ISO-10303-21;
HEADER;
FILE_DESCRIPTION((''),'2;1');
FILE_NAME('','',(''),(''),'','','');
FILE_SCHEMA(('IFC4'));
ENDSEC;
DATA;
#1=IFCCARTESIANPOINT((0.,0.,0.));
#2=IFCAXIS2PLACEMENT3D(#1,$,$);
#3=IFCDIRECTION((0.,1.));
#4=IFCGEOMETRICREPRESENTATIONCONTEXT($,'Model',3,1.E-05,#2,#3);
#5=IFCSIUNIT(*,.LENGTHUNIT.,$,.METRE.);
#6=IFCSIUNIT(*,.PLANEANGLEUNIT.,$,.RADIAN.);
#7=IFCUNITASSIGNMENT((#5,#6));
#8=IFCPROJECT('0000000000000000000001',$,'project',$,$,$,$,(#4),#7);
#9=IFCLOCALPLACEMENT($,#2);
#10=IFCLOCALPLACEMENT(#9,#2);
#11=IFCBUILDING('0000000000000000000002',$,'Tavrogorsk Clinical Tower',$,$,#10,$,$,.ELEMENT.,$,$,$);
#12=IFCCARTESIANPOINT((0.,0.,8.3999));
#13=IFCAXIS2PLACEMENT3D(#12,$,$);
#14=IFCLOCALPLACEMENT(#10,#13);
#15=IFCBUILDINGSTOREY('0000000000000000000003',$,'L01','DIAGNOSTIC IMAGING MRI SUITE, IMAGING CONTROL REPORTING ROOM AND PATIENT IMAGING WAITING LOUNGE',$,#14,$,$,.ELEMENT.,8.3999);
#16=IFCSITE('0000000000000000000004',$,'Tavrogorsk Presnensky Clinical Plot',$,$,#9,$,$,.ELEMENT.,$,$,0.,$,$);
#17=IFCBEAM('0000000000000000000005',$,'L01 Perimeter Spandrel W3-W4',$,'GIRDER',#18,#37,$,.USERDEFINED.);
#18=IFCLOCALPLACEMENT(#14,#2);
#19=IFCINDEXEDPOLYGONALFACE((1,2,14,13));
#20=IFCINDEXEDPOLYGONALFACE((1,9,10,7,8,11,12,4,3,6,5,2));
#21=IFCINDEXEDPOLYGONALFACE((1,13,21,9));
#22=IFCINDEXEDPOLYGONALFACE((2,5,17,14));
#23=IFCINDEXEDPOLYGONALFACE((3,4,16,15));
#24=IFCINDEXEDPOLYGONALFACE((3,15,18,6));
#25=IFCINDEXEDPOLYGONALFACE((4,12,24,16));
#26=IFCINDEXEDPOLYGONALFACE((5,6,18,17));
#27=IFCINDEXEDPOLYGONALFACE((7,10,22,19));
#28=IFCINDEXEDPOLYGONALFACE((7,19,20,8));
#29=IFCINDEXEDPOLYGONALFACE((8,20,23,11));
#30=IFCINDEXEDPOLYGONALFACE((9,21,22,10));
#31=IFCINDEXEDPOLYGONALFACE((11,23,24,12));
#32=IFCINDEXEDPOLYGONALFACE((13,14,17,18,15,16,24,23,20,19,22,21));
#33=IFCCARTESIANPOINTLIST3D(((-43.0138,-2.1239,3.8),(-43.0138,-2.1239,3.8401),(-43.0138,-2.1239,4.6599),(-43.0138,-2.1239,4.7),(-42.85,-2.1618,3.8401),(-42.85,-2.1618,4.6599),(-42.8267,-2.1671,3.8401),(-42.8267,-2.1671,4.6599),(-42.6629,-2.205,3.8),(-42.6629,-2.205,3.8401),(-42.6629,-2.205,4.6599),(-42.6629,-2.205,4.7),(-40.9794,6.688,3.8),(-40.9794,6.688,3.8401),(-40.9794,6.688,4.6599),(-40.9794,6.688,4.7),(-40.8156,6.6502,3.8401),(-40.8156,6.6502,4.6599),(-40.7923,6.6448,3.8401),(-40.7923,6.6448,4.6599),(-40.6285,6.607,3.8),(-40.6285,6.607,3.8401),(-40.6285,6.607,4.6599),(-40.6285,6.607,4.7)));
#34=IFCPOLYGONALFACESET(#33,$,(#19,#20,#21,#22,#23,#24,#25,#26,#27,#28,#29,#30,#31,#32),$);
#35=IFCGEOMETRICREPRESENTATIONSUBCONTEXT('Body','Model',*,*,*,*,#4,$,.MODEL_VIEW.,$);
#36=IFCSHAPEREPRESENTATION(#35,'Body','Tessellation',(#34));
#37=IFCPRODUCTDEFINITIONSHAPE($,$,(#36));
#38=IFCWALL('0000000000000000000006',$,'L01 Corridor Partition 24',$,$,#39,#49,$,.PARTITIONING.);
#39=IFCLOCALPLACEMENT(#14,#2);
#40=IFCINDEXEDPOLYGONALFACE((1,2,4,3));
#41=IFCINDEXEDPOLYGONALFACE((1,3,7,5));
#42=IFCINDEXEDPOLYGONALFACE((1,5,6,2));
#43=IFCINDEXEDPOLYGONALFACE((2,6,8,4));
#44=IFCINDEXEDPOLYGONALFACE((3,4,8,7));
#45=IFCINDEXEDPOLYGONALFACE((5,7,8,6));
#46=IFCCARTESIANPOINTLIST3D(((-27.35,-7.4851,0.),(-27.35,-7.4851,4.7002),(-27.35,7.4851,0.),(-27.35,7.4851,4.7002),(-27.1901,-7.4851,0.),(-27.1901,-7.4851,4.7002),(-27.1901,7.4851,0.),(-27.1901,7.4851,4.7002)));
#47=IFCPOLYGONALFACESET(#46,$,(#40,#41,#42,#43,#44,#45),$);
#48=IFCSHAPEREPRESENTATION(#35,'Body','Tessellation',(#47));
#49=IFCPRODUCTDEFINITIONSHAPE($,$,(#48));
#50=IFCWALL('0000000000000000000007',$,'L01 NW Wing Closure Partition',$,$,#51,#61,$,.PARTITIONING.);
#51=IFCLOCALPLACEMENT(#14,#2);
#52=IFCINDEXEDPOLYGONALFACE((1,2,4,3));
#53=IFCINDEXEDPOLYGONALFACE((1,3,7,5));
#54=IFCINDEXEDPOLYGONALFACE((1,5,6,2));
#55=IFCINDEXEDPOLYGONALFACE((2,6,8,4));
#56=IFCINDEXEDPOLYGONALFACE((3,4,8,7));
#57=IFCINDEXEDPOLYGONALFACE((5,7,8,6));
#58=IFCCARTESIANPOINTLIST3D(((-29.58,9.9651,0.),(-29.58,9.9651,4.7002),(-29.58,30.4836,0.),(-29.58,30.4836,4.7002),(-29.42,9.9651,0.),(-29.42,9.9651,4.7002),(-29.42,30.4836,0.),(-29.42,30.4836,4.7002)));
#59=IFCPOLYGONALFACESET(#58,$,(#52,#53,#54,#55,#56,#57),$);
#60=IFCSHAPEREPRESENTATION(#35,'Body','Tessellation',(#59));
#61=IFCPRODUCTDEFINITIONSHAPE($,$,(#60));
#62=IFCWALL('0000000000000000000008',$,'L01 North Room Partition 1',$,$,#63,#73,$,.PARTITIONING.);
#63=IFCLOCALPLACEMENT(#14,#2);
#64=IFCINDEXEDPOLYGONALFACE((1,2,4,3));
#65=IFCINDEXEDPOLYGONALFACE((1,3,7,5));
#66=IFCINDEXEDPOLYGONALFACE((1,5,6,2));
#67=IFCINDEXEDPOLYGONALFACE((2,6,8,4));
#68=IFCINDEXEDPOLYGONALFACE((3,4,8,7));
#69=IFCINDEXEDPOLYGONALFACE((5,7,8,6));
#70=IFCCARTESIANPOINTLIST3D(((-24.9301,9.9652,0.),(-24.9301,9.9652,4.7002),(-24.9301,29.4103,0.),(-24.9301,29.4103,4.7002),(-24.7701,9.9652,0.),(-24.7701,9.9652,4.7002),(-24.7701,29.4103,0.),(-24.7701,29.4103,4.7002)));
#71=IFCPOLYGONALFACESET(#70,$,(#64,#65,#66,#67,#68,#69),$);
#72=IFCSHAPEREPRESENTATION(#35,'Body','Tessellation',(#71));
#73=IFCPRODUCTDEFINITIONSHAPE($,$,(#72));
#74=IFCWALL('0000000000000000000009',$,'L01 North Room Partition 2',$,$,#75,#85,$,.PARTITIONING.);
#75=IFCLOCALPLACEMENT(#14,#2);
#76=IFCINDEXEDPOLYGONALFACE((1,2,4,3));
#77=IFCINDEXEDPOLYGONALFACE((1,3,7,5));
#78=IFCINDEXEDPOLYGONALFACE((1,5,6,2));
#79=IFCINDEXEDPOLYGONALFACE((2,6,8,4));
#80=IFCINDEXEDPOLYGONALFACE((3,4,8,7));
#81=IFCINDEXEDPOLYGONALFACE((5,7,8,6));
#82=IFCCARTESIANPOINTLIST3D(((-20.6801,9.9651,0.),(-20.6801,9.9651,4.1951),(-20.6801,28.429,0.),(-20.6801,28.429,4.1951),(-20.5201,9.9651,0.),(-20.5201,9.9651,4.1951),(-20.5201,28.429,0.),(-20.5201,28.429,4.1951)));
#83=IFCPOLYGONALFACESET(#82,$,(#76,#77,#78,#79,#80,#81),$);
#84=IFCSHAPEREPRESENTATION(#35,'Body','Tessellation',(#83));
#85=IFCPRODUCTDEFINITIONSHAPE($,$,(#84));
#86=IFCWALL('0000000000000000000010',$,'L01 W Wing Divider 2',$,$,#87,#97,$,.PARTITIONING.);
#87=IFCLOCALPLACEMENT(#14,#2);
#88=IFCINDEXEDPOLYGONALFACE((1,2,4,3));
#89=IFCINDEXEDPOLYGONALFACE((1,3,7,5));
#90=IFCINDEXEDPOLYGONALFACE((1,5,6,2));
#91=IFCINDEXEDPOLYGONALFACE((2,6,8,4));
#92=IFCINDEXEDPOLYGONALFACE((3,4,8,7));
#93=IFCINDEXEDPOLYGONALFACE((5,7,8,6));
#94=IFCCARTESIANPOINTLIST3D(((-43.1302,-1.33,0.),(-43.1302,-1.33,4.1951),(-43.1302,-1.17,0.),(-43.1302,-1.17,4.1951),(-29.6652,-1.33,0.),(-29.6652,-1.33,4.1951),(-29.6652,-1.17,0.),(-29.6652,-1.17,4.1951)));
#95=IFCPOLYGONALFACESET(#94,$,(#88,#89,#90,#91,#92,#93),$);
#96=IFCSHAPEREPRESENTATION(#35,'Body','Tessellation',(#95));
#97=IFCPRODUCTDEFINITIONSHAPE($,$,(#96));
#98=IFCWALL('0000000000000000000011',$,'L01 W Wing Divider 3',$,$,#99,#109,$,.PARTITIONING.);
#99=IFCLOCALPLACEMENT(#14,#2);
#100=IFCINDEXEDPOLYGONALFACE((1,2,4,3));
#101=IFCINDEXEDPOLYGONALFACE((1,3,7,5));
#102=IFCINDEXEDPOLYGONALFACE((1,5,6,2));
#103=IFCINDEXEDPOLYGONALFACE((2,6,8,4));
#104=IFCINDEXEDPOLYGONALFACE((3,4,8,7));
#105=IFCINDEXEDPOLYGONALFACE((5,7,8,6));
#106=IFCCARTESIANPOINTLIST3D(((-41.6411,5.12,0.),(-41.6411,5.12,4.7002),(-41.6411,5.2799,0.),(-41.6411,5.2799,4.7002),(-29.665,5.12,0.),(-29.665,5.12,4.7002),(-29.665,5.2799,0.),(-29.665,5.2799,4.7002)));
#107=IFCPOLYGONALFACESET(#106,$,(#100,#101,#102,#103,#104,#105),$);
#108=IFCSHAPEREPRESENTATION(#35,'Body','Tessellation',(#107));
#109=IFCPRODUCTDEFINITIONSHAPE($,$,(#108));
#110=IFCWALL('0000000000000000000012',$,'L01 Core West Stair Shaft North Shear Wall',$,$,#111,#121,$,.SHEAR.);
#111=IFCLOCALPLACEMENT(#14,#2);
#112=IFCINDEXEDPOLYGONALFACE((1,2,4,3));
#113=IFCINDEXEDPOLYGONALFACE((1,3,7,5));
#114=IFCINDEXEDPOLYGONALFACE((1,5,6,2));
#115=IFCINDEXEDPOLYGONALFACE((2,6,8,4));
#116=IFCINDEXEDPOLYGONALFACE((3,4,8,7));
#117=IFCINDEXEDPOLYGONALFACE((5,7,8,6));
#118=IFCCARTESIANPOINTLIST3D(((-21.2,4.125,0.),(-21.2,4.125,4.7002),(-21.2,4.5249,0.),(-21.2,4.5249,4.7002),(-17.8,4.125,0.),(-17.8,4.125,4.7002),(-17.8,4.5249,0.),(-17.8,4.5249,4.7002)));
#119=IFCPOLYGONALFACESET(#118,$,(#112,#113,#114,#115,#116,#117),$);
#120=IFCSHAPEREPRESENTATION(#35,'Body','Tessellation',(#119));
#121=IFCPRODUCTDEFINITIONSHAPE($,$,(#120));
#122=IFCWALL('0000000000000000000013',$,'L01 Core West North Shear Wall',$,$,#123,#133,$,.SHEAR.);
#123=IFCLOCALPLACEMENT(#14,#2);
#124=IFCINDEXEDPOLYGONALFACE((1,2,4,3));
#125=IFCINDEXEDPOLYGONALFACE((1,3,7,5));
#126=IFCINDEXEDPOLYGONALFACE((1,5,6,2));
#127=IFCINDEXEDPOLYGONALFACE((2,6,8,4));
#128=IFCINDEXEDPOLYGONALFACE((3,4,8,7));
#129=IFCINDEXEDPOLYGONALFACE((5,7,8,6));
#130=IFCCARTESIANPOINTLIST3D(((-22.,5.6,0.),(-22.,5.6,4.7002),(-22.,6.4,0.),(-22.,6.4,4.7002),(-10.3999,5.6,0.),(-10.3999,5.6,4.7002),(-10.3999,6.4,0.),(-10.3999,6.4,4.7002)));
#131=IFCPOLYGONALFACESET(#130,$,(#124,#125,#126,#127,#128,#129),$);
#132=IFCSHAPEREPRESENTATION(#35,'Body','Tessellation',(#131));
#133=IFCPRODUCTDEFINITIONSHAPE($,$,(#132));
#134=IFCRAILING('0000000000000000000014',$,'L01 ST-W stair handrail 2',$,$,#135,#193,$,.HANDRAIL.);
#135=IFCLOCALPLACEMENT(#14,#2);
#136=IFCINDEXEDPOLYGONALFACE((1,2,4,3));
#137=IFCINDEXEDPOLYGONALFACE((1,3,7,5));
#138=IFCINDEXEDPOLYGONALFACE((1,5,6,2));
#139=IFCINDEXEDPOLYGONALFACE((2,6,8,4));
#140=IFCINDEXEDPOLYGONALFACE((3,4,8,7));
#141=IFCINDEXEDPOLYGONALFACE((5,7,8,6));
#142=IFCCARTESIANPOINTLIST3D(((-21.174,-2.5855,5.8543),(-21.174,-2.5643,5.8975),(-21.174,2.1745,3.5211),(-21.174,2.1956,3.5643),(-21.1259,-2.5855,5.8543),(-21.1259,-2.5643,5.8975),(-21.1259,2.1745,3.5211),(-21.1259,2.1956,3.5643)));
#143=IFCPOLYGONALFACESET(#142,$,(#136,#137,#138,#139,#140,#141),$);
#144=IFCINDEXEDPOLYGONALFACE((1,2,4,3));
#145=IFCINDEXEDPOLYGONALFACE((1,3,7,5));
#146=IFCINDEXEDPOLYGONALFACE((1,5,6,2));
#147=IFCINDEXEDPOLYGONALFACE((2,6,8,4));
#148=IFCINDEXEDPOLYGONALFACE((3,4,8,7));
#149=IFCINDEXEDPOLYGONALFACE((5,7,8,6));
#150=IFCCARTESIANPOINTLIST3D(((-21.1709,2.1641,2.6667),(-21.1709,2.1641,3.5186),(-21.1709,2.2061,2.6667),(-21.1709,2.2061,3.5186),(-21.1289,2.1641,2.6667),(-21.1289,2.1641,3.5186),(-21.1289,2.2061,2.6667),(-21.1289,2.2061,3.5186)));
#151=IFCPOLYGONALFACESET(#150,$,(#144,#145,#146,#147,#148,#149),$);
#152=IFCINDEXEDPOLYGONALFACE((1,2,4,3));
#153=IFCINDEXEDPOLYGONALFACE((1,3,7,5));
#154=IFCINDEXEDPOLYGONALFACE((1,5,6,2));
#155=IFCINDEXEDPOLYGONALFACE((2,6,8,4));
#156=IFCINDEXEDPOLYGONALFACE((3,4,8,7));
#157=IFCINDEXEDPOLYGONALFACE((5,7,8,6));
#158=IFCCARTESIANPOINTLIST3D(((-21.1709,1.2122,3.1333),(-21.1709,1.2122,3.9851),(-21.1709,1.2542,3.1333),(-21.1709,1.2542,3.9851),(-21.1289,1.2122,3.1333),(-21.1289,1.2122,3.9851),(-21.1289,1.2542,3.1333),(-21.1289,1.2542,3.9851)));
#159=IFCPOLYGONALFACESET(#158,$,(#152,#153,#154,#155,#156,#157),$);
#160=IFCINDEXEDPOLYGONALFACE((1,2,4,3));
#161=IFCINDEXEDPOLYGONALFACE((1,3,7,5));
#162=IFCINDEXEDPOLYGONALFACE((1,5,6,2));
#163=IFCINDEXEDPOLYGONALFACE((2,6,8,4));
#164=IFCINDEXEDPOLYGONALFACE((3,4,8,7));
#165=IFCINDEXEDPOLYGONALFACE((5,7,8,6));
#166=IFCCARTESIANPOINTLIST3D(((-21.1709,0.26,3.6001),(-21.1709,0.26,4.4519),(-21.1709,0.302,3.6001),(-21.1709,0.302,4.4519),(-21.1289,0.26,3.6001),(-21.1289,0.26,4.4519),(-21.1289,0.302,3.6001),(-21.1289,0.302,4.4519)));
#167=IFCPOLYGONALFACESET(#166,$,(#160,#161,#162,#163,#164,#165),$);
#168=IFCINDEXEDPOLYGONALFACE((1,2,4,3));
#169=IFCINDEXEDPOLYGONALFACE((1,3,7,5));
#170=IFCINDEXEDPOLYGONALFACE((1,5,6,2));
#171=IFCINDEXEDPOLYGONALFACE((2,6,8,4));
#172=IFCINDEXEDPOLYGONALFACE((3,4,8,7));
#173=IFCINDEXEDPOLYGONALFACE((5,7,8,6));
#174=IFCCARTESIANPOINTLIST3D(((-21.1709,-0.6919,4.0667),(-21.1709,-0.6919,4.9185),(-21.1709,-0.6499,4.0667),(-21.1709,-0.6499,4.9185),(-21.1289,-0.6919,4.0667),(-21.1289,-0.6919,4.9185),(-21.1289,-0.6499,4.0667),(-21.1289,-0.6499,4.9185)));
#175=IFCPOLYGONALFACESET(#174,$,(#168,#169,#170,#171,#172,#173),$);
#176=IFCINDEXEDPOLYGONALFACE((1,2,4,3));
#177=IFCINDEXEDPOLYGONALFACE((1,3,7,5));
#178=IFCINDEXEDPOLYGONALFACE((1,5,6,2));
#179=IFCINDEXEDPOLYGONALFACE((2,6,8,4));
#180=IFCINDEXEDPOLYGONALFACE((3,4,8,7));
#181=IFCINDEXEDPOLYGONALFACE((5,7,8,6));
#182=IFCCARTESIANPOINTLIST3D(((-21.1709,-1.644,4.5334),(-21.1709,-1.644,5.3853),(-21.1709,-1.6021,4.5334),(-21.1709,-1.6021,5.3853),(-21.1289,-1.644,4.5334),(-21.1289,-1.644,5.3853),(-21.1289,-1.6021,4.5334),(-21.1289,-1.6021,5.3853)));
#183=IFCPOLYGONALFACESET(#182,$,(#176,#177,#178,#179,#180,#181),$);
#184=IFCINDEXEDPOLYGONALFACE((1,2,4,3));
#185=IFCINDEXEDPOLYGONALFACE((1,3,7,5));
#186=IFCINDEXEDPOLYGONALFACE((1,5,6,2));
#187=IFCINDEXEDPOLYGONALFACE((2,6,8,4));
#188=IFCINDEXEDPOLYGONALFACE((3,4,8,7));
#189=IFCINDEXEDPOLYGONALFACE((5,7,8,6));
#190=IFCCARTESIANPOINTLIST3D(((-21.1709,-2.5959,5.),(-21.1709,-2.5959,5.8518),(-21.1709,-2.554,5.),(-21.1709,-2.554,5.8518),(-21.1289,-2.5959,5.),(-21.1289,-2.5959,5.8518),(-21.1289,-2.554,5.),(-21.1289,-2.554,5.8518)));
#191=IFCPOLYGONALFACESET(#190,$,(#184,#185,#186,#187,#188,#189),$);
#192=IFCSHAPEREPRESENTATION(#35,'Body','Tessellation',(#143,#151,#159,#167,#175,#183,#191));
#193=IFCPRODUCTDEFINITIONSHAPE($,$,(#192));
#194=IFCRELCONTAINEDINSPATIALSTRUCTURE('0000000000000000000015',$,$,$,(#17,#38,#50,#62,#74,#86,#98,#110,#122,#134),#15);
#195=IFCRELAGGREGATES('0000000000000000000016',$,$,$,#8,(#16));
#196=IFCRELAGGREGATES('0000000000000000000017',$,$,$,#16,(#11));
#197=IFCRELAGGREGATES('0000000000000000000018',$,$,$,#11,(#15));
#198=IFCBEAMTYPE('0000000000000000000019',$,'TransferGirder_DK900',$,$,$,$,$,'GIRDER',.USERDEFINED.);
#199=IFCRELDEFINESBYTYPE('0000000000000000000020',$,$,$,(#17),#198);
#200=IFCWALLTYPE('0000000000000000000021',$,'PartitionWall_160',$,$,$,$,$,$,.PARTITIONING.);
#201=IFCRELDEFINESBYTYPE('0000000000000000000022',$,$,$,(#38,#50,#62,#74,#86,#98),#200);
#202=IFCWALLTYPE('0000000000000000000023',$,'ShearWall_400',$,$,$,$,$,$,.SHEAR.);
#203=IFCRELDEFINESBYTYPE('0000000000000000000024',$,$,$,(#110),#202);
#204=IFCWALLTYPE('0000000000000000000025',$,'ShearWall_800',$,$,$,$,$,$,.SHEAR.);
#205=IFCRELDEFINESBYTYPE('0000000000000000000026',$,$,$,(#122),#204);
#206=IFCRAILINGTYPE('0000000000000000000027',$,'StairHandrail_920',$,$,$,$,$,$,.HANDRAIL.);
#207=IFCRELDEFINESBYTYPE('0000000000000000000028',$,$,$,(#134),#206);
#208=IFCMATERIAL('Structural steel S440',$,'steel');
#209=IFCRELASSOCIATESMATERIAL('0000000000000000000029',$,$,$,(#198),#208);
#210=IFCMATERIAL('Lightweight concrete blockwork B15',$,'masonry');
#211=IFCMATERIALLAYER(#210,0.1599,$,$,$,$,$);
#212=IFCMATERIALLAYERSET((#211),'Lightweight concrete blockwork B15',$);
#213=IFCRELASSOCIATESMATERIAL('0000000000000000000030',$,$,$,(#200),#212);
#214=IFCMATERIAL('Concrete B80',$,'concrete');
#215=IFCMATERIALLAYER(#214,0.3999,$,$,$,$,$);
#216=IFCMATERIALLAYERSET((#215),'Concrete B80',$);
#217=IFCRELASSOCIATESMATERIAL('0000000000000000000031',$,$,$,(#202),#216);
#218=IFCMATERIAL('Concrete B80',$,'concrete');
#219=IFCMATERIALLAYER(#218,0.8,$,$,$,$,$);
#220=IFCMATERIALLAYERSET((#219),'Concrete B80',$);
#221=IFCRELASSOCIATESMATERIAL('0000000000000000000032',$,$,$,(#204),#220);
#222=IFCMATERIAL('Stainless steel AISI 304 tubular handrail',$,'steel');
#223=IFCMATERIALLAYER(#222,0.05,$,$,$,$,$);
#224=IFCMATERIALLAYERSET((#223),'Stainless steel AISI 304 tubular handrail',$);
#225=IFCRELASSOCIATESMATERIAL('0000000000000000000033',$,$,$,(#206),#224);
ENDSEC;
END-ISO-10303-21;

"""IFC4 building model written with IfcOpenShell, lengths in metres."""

from ifc_helpers import new_model, si_unit, direction, frame, frame_2d, origin, origin_2d, place, context, subcontext, project, spatial, rectangle, i_section, extrude, material, layer, layer_set, material_profile, profile_set, type_object, element, save


model = new_model("IFC4")

# Units and contexts
model_context = context("Model", 3, precision=1e-05, world=origin(), true_north=direction((0.0, 1.0)))
body_context = subcontext(model_context, "Body", "Model", "MODEL_VIEW")
ifc_project = project(units=[si_unit("LENGTHUNIT", "METRE"), si_unit("PLANEANGLEUNIT", "RADIAN")], contexts=[model_context])

# Site, building, storey
site_placement = place(None, origin())
site = spatial("IfcSite", under=ifc_project, at=site_placement, Name="Tavrogorsk Presnensky Clinical Plot", CompositionType="ELEMENT", RefElevation=0.0)
building_placement = place(site_placement, origin())
building = spatial("IfcBuilding", under=site, at=building_placement, Name="Tavrogorsk Clinical Tower", CompositionType="ELEMENT")
storey_placement = place(building_placement, frame((0.0, 0.0, 8.3999)))
storey = spatial("IfcBuildingStorey", under=building, at=storey_placement, Name="L01", Description="DIAGNOSTIC IMAGING MRI SUITE, IMAGING CONTROL REPORTING ROOM AND PATIENT IMAGING WAITING LOUNGE", CompositionType="ELEMENT", Elevation=8.3999)

# Beam
ifc_material_1 = material(Name="Structural steel S440", Category="steel")
ifc_material_profile_1 = material_profile(ifc_material_1, i_section(OverallWidth=0.3601, OverallDepth=0.8999, WebThickness=0.0239, FlangeThickness=0.04, at=origin_2d()), Name="DK-900x360x24x40")
ifc_profile_set_1 = profile_set([ifc_material_profile_1], Name="Structural steel S440")
beam_type_1 = type_object("IfcBeamType", Name="TransferGirder_DK900", ElementType="GIRDER", PredefinedType="USERDEFINED", material=ifc_profile_set_1)
beam_1_placement = place(storey_placement, frame((-40.804, 6.6475, 4.25), z_axis=(-0.224952, -0.97437, 0.0), x_axis=(0.97437, -0.224952, 0.0)))
element("IfcBeam", 1, at=beam_1_placement, inside=storey, type_object=beam_type_1, Name="L01 Perimeter Spandrel W3-W4", ObjectType="GIRDER", PredefinedType="USERDEFINED", context=body_context, shape_type="SweptSolid", body=[
    extrude(i_section(OverallWidth=0.3601, OverallDepth=0.8999, WebThickness=0.0239, FlangeThickness=0.04, at=origin_2d()), origin(), (0.0, 0.0, 1.0), 9.0437),
])

# Shared definitions
ifc_material_2 = material(Name="Lightweight concrete blockwork B15", Category="masonry")
ifc_layer_1 = layer(ifc_material_2, 0.1599)
ifc_layer_set_1 = layer_set([ifc_layer_1], Name="Lightweight concrete blockwork B15")
wall_type_1 = type_object("IfcWallType", Name="PartitionWall_160", PredefinedType="PARTITIONING", material=ifc_layer_set_1)

# Walls
wall_1_placement = place(storey_placement, frame((-27.27, 7.4851, 0.0), z_axis=(0.0, 0.0, 1.0), x_axis=(0.0, -1.0, 0.0)))
element("IfcWall", 2, at=wall_1_placement, inside=storey, type_object=wall_type_1, Name="L01 Corridor Partition 24", PredefinedType="PARTITIONING", context=body_context, shape_type="SweptSolid", body=[
    extrude(rectangle(XDim=14.9702, YDim=0.1599, at=frame_2d((7.4851, 0.0))), origin(), (0.0, 0.0, 1.0), 4.7002),
])
wall_2_placement = place(storey_placement, frame((-29.5, 9.9651, 0.0), z_axis=(0.0, 0.0, 1.0), x_axis=(0.0, 1.0, 0.0)))
element("IfcWall", 3, at=wall_2_placement, inside=storey, type_object=wall_type_1, Name="L01 NW Wing Closure Partition", PredefinedType="PARTITIONING", context=body_context, shape_type="SweptSolid", body=[
    extrude(rectangle(XDim=20.5186, YDim=0.1599, at=frame_2d((10.2593, 0.0))), origin(), (0.0, 0.0, 1.0), 4.7002),
])
wall_3_placement = place(storey_placement, frame((-24.8501, 9.9651, 0.0), z_axis=(0.0, 0.0, 1.0), x_axis=(0.0, 1.0, 0.0)))
element("IfcWall", 4, at=wall_3_placement, inside=storey, type_object=wall_type_1, Name="L01 North Room Partition 1", PredefinedType="PARTITIONING", context=body_context, shape_type="SweptSolid", body=[
    extrude(rectangle(XDim=19.4451, YDim=0.1599, at=frame_2d((9.7227, 0.0))), origin(), (0.0, 0.0, 1.0), 4.7002),
])
wall_4_placement = place(storey_placement, frame((-20.6001, 9.9651, 0.0), z_axis=(0.0, 0.0, 1.0), x_axis=(0.0, 1.0, 0.0)))
element("IfcWall", 5, at=wall_4_placement, inside=storey, type_object=wall_type_1, Name="L01 North Room Partition 2", PredefinedType="PARTITIONING", context=body_context, shape_type="SweptSolid", body=[
    extrude(rectangle(XDim=18.4639, YDim=0.1599, at=frame_2d((9.2319, 0.0))), origin(), (0.0, 0.0, 1.0), 4.1951),
])
wall_5_placement = place(storey_placement, frame((-43.1301, -1.25, 0.0), z_axis=(0.0, 0.0, 1.0), x_axis=(1.0, 0.0, 0.0)))
element("IfcWall", 6, at=wall_5_placement, inside=storey, type_object=wall_type_1, Name="L01 W Wing Divider 2", PredefinedType="PARTITIONING", context=body_context, shape_type="SweptSolid", body=[
    extrude(rectangle(XDim=13.4651, YDim=0.1599, at=frame_2d((6.7324, 0.0))), origin(), (0.0, 0.0, 1.0), 4.1951),
])
wall_6_placement = place(storey_placement, frame((-41.6411, 5.2, 0.0), z_axis=(0.0, 0.0, 1.0), x_axis=(1.0, 0.0, 0.0)))
element("IfcWall", 7, at=wall_6_placement, inside=storey, type_object=wall_type_1, Name="L01 W Wing Divider 3", PredefinedType="PARTITIONING", context=body_context, shape_type="SweptSolid", body=[
    extrude(rectangle(XDim=11.9761, YDim=0.1599, at=frame_2d((5.988, 0.0))), origin(), (0.0, 0.0, 1.0), 4.7002),
])
ifc_material_3 = material(Name="Concrete B80", Category="concrete")
ifc_layer_2 = layer(ifc_material_3, 0.3999)
ifc_layer_set_2 = layer_set([ifc_layer_2], Name="Concrete B80")
wall_type_2 = type_object("IfcWallType", Name="ShearWall_400", PredefinedType="SHEAR", material=ifc_layer_set_2)
wall_7_placement = place(storey_placement, frame((-21.2, 4.325, 0.0), z_axis=(0.0, 0.0, 1.0), x_axis=(1.0, 0.0, 0.0)))
element("IfcWall", 8, at=wall_7_placement, inside=storey, type_object=wall_type_2, Name="L01 Core West Stair Shaft North Shear Wall", PredefinedType="SHEAR", context=body_context, shape_type="SweptSolid", body=[
    extrude(rectangle(XDim=3.3999, YDim=0.3999, at=frame_2d((1.7, 0.0))), origin(), (0.0, 0.0, 1.0), 4.7002),
])
ifc_material_4 = material(Name="Concrete B80", Category="concrete")
ifc_layer_3 = layer(ifc_material_4, 0.8)
ifc_layer_set_3 = layer_set([ifc_layer_3], Name="Concrete B80")
wall_type_3 = type_object("IfcWallType", Name="ShearWall_800", PredefinedType="SHEAR", material=ifc_layer_set_3)
wall_8_placement = place(storey_placement, frame((-22.0, 6.0, 0.0), z_axis=(0.0, 0.0, 1.0), x_axis=(1.0, 0.0, 0.0)))
element("IfcWall", 9, at=wall_8_placement, inside=storey, type_object=wall_type_3, Name="L01 Core West North Shear Wall", PredefinedType="SHEAR", context=body_context, shape_type="SweptSolid", body=[
    extrude(rectangle(XDim=11.6001, YDim=0.8, at=frame_2d((5.8, 0.0))), origin(), (0.0, 0.0, 1.0), 4.7002),
])

# Railing
ifc_material_5 = material(Name="Stainless steel AISI 304 tubular handrail", Category="steel")
ifc_layer_4 = layer(ifc_material_5, 0.05)
ifc_layer_set_4 = layer_set([ifc_layer_4], Name="Stainless steel AISI 304 tubular handrail")
railing_type = type_object("IfcRailingType", Name="StairHandrail_920", PredefinedType="HANDRAIL", material=ifc_layer_set_4)
railing_placement = place(storey_placement, frame((-21.1499, 2.1851, 2.6667)))
element("IfcRailing", 10, at=railing_placement, inside=storey, type_object=railing_type, Name="L01 ST-W stair handrail 2", PredefinedType="HANDRAIL", context=body_context, shape_type="SweptSolid", body=[
    extrude(rectangle(XDim=0.0481, YDim=0.0481, at=origin_2d()), frame((0.0, 0.0, 0.876), z_axis=(0.0, -0.897927, 0.440144), x_axis=(1.0, 0.0, 0.0)), (0.0, 0.0, 1.0), 5.301),
    extrude(rectangle(XDim=0.042, YDim=0.042, at=origin_2d()), origin(), (0.0, 0.0, 1.0), 0.8518),
    extrude(rectangle(XDim=0.042, YDim=0.042, at=origin_2d()), frame((0.0, -0.9519, 0.4666)), (0.0, 0.0, 1.0), 0.8518),
    extrude(rectangle(XDim=0.042, YDim=0.042, at=origin_2d()), frame((0.0, -1.9041, 0.9333)), (0.0, 0.0, 1.0), 0.8518),
    extrude(rectangle(XDim=0.042, YDim=0.042, at=origin_2d()), frame((0.0, -2.856, 1.3999)), (0.0, 0.0, 1.0), 0.8518),
    extrude(rectangle(XDim=0.042, YDim=0.042, at=origin_2d()), frame((0.0, -3.8081, 1.8667)), (0.0, 0.0, 1.0), 0.8518),
    extrude(rectangle(XDim=0.042, YDim=0.042, at=origin_2d()), frame((0.0, -4.76, 2.3333)), (0.0, 0.0, 1.0), 0.8518),
])

save(model, "model.ifc")
